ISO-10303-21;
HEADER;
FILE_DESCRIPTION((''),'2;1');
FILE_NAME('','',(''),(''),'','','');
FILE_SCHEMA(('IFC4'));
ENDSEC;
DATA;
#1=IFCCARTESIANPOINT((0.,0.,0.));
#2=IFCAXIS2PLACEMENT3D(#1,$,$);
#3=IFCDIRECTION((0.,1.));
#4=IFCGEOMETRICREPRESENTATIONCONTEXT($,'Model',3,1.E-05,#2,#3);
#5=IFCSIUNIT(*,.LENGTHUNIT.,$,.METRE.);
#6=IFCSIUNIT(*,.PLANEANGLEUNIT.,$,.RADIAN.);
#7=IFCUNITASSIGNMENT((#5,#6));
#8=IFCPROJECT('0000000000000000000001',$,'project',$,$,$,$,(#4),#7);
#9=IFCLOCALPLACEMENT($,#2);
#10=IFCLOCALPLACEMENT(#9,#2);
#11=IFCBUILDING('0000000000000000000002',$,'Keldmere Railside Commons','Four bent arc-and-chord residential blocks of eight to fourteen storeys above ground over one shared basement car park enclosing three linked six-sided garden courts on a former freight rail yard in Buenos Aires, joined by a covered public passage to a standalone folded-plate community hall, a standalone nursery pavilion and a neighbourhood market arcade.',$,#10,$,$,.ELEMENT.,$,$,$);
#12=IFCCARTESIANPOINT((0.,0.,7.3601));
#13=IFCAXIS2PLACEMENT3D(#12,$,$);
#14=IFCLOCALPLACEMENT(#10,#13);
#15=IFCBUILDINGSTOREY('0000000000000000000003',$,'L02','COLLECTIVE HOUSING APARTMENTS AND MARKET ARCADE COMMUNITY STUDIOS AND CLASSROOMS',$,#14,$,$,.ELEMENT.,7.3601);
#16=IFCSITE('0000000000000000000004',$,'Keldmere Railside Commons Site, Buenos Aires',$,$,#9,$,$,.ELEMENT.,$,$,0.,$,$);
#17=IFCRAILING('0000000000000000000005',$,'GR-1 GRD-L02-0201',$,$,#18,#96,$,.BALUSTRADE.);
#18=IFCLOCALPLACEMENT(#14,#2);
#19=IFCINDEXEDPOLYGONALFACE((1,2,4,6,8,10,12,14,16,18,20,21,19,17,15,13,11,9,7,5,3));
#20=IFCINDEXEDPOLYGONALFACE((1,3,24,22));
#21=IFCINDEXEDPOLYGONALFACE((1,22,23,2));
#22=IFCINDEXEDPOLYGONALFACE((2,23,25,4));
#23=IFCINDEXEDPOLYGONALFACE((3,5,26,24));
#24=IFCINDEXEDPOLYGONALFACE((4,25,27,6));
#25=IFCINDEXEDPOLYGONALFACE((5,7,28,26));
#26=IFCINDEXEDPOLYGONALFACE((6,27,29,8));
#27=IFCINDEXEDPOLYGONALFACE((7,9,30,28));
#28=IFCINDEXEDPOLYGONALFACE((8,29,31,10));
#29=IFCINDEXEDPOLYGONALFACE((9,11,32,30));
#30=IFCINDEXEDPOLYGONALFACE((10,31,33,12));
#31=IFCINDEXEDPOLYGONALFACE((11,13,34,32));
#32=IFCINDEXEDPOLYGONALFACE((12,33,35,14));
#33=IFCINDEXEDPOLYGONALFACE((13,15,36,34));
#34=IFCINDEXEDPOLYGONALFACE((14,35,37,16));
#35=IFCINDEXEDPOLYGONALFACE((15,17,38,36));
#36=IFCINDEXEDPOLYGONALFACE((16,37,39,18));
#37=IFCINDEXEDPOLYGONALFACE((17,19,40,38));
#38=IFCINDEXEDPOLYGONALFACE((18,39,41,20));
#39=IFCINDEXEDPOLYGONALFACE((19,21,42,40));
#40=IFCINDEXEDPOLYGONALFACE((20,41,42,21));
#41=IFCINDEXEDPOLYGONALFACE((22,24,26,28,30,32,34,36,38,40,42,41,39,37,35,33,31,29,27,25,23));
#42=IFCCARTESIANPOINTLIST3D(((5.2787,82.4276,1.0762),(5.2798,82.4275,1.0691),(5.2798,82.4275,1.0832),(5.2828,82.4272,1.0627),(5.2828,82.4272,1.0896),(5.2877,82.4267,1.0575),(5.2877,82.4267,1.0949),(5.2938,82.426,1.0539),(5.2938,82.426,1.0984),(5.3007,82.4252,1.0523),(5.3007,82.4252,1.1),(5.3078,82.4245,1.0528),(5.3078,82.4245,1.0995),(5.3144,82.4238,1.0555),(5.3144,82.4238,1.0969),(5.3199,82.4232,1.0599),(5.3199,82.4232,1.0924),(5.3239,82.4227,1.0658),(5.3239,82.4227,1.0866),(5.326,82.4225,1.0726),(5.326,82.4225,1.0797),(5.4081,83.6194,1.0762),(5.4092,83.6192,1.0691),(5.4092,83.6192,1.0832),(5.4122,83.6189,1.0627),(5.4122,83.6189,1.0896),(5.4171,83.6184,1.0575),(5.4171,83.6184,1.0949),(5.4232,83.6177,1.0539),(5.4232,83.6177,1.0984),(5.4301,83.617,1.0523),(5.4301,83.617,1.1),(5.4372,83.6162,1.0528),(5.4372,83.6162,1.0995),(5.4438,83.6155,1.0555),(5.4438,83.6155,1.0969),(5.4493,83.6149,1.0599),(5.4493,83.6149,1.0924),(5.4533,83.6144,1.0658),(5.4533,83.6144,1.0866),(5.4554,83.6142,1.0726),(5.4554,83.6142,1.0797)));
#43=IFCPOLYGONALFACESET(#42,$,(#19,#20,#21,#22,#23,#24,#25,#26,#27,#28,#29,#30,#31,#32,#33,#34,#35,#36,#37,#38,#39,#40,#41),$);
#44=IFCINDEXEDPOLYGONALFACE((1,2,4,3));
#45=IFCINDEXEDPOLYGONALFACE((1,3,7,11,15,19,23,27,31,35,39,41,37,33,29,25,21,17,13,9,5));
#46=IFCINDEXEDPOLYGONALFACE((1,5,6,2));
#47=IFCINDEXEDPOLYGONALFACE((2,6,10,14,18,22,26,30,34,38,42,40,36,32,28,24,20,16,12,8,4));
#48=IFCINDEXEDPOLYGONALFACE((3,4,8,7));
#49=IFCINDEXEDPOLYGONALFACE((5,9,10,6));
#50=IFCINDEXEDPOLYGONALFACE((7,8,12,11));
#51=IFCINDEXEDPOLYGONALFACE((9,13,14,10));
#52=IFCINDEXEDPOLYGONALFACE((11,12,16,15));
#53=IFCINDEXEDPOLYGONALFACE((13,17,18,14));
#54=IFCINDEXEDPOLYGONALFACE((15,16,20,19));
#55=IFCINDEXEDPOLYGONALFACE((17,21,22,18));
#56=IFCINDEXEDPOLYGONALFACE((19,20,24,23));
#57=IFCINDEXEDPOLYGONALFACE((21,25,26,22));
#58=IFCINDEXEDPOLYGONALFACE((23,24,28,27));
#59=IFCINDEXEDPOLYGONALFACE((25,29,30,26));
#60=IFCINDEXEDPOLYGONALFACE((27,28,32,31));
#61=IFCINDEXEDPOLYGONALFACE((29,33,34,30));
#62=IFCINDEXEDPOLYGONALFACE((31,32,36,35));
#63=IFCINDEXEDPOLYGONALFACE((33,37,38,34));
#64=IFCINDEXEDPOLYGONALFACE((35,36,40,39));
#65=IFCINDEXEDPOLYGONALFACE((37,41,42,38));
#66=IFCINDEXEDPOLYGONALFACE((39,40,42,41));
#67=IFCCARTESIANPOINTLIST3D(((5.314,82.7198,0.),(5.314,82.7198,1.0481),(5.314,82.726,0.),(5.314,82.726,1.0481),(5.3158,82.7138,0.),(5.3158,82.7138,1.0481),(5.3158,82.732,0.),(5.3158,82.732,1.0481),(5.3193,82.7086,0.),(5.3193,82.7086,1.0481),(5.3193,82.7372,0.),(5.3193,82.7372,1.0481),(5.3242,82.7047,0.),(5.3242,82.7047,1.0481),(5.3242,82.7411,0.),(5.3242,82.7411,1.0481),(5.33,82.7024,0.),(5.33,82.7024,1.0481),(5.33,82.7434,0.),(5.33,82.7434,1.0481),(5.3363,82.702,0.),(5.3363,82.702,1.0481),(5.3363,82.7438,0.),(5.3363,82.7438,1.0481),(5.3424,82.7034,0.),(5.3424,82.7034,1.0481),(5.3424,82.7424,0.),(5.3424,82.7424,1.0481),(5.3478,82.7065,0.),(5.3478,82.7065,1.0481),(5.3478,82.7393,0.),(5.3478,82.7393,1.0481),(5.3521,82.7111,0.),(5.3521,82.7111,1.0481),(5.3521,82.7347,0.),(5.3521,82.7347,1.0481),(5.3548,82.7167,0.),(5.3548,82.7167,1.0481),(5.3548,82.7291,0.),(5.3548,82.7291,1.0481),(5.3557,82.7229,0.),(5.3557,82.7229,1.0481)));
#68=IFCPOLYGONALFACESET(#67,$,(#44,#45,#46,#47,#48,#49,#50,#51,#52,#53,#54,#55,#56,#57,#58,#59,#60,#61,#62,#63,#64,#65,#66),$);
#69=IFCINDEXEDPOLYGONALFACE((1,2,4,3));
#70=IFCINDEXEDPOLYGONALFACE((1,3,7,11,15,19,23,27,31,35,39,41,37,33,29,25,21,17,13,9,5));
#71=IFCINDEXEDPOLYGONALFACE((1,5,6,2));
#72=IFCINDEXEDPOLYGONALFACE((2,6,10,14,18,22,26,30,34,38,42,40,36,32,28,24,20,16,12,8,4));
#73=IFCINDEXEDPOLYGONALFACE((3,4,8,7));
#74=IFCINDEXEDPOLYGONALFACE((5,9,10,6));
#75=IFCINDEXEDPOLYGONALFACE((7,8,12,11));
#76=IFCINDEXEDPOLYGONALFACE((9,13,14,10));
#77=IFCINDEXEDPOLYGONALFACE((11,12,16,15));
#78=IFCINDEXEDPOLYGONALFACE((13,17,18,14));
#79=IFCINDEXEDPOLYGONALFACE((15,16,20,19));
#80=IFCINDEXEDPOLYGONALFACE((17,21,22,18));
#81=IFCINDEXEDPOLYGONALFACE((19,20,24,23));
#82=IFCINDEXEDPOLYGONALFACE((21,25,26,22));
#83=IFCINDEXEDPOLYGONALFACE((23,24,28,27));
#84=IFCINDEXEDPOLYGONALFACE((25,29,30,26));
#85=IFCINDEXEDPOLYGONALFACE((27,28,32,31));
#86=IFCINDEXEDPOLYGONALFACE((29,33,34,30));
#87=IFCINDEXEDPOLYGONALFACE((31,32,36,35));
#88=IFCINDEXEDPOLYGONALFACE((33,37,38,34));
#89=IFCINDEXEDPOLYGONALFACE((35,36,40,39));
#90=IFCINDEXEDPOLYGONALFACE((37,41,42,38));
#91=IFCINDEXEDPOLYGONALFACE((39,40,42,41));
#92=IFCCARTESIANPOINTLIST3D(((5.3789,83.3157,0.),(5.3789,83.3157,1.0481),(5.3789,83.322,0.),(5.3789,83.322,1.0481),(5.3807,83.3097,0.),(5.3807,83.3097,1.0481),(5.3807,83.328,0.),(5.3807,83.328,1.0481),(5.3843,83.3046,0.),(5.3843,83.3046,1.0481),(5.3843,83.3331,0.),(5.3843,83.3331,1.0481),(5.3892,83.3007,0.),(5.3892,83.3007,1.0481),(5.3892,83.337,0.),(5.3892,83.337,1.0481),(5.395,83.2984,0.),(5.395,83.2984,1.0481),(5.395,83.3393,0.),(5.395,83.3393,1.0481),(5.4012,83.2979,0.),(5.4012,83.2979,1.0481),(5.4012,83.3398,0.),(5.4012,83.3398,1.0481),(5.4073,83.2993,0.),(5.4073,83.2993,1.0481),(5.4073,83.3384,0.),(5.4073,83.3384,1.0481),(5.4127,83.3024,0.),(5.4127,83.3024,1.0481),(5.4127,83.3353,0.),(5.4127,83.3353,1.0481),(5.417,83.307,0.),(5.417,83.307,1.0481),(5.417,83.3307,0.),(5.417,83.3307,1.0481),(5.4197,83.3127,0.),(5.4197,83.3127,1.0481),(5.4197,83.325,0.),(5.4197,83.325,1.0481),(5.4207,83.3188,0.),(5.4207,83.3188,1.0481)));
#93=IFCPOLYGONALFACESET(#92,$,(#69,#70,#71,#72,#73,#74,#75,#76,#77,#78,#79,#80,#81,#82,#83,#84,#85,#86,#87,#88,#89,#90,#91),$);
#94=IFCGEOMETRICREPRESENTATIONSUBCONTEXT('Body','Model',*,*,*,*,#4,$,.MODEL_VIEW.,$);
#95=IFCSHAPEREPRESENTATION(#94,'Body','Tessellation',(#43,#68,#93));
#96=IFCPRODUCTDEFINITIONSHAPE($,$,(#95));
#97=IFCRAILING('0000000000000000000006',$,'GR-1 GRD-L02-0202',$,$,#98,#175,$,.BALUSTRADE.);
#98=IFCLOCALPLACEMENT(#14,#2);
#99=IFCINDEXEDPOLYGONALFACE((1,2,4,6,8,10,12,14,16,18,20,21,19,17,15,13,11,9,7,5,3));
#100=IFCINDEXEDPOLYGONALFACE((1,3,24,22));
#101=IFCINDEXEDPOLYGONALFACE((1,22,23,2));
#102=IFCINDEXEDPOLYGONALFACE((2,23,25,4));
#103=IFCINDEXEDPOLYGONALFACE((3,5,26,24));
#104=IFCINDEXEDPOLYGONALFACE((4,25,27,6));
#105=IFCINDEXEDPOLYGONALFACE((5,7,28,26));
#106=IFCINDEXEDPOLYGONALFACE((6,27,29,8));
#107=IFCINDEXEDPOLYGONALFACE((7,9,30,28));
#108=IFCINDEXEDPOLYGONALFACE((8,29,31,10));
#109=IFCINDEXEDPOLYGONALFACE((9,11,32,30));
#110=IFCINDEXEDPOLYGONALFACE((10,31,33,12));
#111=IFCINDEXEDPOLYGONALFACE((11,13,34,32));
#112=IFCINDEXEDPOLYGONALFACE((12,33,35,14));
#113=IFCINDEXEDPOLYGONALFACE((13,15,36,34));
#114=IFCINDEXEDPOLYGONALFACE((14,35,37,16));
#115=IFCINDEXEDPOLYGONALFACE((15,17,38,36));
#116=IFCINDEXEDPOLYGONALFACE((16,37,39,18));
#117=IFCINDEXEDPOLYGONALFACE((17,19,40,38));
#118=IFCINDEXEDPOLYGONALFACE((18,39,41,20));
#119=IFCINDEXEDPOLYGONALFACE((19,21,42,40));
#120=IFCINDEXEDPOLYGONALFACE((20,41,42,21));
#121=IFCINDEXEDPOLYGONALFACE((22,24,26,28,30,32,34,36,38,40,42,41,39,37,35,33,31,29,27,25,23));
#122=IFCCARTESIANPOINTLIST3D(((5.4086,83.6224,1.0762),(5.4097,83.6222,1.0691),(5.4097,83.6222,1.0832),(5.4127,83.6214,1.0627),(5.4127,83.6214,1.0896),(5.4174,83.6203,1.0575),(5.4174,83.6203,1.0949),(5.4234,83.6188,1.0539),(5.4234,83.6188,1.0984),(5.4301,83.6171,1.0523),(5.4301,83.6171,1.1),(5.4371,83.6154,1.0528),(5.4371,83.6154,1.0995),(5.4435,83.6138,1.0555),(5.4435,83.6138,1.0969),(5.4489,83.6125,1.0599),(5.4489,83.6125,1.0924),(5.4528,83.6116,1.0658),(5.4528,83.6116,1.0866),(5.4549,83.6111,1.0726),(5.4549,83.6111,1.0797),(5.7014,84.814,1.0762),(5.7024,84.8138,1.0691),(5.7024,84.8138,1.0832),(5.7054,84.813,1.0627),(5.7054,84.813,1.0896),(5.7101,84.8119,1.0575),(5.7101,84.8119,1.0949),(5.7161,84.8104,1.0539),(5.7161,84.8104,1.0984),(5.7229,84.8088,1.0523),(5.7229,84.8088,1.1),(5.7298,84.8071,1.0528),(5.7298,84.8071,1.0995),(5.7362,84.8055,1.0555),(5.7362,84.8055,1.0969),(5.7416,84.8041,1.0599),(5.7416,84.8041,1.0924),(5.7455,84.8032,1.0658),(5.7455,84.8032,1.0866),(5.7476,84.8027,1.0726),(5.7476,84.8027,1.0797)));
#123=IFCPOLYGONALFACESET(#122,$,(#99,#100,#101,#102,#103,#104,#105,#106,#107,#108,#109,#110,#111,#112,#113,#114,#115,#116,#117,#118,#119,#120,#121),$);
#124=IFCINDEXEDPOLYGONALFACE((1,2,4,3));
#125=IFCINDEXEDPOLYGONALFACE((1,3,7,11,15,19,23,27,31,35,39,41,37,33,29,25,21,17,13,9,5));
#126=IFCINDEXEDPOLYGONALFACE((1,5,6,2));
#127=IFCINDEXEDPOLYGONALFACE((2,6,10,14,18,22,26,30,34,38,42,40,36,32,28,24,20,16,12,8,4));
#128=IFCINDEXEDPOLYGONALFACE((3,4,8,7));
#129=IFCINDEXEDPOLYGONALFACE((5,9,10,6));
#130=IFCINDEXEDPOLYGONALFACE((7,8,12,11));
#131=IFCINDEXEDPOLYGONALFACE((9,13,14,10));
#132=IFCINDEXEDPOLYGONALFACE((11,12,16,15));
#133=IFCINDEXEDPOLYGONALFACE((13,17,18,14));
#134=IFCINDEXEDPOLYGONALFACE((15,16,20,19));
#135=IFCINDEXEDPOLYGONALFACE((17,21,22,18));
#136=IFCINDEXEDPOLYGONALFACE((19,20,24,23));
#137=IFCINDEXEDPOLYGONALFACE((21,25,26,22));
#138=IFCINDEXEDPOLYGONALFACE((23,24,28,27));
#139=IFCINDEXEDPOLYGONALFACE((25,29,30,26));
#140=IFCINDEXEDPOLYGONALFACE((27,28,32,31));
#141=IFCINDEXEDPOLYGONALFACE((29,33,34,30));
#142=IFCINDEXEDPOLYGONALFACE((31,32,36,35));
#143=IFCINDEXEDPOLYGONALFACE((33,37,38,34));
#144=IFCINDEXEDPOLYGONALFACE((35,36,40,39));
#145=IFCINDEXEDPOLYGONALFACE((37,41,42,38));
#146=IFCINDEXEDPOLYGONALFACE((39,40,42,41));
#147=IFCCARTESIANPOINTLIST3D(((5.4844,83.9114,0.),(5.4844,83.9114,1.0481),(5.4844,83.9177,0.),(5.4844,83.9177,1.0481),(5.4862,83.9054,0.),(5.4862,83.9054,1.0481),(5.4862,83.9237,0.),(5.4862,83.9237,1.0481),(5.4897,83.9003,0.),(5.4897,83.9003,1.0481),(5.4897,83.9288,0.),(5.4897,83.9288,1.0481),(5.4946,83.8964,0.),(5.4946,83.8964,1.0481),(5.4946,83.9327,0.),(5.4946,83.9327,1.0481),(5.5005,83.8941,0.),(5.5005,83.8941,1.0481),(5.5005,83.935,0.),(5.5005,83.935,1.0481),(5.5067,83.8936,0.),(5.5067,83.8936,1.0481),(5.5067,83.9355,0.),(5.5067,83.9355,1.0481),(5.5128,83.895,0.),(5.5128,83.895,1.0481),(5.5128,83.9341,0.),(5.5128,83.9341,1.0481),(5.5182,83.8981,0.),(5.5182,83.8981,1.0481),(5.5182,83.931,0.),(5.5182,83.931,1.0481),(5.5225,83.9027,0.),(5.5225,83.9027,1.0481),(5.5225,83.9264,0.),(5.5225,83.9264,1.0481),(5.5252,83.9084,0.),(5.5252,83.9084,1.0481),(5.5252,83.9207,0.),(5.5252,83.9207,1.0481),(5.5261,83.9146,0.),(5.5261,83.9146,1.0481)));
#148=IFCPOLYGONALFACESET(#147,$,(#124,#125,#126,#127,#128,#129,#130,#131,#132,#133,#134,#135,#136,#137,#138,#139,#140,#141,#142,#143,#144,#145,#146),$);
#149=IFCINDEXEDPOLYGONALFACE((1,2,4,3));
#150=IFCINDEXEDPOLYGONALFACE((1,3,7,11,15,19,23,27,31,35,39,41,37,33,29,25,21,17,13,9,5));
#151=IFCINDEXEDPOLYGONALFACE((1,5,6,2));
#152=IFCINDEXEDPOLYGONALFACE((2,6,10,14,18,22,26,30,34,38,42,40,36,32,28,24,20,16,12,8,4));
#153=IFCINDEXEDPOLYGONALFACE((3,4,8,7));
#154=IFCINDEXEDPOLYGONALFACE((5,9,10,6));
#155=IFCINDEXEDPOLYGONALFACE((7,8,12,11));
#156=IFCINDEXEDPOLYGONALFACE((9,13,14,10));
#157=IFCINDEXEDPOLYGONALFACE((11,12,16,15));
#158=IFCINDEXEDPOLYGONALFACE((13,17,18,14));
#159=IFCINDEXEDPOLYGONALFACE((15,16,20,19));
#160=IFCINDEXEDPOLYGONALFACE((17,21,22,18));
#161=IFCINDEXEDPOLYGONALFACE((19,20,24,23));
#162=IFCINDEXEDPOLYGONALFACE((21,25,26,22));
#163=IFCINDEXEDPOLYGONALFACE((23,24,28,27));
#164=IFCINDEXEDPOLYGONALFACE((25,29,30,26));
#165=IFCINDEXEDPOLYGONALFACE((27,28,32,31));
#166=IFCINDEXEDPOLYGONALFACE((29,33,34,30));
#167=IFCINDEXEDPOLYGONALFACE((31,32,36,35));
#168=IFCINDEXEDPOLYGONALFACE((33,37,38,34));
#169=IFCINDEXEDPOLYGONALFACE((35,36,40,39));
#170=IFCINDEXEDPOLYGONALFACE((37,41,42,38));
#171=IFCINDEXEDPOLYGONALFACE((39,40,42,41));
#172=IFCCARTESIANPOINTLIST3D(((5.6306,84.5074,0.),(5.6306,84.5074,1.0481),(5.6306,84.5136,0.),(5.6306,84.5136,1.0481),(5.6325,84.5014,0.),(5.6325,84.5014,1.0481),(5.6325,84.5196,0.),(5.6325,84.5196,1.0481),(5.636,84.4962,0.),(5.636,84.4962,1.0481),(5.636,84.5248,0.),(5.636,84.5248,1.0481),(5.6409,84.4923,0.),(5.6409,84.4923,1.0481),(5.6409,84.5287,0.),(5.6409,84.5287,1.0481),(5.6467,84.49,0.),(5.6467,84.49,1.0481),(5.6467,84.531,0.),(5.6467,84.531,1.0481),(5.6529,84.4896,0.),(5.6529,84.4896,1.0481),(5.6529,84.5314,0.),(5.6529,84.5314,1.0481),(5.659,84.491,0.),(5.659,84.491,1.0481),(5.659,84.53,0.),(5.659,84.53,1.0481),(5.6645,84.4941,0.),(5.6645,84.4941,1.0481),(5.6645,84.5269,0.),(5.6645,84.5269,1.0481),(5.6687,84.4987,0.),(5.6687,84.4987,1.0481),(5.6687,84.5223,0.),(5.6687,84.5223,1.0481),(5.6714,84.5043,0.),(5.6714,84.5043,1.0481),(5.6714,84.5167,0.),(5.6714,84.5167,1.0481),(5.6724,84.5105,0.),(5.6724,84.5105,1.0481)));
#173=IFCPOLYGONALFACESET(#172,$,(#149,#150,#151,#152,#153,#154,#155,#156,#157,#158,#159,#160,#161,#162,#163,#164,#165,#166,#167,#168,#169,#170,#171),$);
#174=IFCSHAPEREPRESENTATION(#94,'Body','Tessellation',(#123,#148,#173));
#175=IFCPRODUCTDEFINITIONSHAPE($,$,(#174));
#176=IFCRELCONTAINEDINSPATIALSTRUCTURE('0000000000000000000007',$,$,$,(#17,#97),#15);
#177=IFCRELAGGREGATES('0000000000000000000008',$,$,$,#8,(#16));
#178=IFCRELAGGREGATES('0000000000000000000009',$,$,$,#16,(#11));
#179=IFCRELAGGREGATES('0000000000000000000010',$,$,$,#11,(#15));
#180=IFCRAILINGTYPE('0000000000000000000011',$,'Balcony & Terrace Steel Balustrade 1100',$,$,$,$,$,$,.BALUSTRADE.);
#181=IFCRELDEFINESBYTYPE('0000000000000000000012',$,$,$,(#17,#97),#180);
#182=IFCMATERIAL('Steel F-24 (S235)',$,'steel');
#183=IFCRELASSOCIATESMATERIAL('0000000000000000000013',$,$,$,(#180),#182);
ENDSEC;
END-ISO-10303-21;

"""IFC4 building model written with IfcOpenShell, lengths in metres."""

from ifc_helpers import new_model, si_unit, direction, frame, origin, origin_2d, place, context, subcontext, project, spatial, circle, extrude, material, type_object, element, save


model = new_model("IFC4")

# Units and contexts
model_context = context("Model", 3, precision=1e-05, world=origin(), true_north=direction((0.0, 1.0)))
body_context = subcontext(model_context, "Body", "Model", "MODEL_VIEW")
ifc_project = project(units=[si_unit("LENGTHUNIT", "METRE"), si_unit("PLANEANGLEUNIT", "RADIAN")], contexts=[model_context])

# Site, building, storey
site_placement = place(None, origin())
site = spatial("IfcSite", under=ifc_project, at=site_placement, Name="Keldmere Railside Commons Site, Buenos Aires", CompositionType="ELEMENT", RefElevation=0.0)
building_placement = place(site_placement, origin())
building = spatial("IfcBuilding", under=site, at=building_placement, Name="Keldmere Railside Commons", Description="Four bent arc-and-chord residential blocks of eight to fourteen storeys above ground over one shared basement car park enclosing three linked six-sided garden courts on a former freight rail yard in Buenos Aires, joined by a covered public passage to a standalone folded-plate community hall, a standalone nursery pavilion and a neighbourhood market arcade.", CompositionType="ELEMENT")
storey_placement = place(building_placement, frame((0.0, 0.0, 7.3601)))
storey = spatial("IfcBuildingStorey", under=building, at=storey_placement, Name="L02", Description="COLLECTIVE HOUSING APARTMENTS AND MARKET ARCADE COMMUNITY STUDIOS AND CLASSROOMS", CompositionType="ELEMENT", Elevation=7.3601)

# Railings
ifc_material_1 = material(Name="Steel F-24 (S235)", Category="steel")
railing_type = type_object("IfcRailingType", Name="Balcony & Terrace Steel Balustrade 1100", PredefinedType="BALUSTRADE", material=ifc_material_1)
railing_1_placement = place(storey_placement, frame((5.3025, 82.425, 0.0)))
element("IfcRailing", 1, at=railing_1_placement, inside=storey, type_object=railing_type, Name="GR-1 GRD-L02-0201", PredefinedType="BALUSTRADE", context=body_context, shape_type="SweptSolid", body=[
    extrude(circle(Radius=0.0239, at=origin_2d()), frame((0.0, 0.0, 1.0762), z_axis=(0.10795, 0.994156, 0.0), x_axis=(-0.994156, 0.10795, 0.0)), (0.0, 0.0, 1.0), 1.1987),
    extrude(circle(Radius=0.021, at=origin_2d()), frame((0.0322, 0.2979, 0.0)), (0.0, 0.0, 1.0), 1.0481),
    extrude(circle(Radius=0.021, at=origin_2d()), frame((0.0972, 0.8938, 0.0)), (0.0, 0.0, 1.0), 1.0481),
])
railing_2_placement = place(storey_placement, frame((5.4319, 83.6167, 0.0)))
element("IfcRailing", 2, at=railing_2_placement, inside=storey, type_object=railing_type, Name="GR-1 GRD-L02-0202", PredefinedType="BALUSTRADE", context=body_context, shape_type="SweptSolid", body=[
    extrude(circle(Radius=0.0239, at=origin_2d()), frame((0.0, 0.0, 1.0762), z_axis=(0.238554, 0.971129, 0.0), x_axis=(-0.971129, 0.238554, 0.0)), (0.0, 0.0, 1.0), 1.2271),
    extrude(circle(Radius=0.021, at=origin_2d()), frame((0.0732, 0.2979, 0.0)), (0.0, 0.0, 1.0), 1.0481),
    extrude(circle(Radius=0.021, at=origin_2d()), frame((0.2195, 0.8938, 0.0)), (0.0, 0.0, 1.0), 1.0481),
])

save(model, "model.ifc")
